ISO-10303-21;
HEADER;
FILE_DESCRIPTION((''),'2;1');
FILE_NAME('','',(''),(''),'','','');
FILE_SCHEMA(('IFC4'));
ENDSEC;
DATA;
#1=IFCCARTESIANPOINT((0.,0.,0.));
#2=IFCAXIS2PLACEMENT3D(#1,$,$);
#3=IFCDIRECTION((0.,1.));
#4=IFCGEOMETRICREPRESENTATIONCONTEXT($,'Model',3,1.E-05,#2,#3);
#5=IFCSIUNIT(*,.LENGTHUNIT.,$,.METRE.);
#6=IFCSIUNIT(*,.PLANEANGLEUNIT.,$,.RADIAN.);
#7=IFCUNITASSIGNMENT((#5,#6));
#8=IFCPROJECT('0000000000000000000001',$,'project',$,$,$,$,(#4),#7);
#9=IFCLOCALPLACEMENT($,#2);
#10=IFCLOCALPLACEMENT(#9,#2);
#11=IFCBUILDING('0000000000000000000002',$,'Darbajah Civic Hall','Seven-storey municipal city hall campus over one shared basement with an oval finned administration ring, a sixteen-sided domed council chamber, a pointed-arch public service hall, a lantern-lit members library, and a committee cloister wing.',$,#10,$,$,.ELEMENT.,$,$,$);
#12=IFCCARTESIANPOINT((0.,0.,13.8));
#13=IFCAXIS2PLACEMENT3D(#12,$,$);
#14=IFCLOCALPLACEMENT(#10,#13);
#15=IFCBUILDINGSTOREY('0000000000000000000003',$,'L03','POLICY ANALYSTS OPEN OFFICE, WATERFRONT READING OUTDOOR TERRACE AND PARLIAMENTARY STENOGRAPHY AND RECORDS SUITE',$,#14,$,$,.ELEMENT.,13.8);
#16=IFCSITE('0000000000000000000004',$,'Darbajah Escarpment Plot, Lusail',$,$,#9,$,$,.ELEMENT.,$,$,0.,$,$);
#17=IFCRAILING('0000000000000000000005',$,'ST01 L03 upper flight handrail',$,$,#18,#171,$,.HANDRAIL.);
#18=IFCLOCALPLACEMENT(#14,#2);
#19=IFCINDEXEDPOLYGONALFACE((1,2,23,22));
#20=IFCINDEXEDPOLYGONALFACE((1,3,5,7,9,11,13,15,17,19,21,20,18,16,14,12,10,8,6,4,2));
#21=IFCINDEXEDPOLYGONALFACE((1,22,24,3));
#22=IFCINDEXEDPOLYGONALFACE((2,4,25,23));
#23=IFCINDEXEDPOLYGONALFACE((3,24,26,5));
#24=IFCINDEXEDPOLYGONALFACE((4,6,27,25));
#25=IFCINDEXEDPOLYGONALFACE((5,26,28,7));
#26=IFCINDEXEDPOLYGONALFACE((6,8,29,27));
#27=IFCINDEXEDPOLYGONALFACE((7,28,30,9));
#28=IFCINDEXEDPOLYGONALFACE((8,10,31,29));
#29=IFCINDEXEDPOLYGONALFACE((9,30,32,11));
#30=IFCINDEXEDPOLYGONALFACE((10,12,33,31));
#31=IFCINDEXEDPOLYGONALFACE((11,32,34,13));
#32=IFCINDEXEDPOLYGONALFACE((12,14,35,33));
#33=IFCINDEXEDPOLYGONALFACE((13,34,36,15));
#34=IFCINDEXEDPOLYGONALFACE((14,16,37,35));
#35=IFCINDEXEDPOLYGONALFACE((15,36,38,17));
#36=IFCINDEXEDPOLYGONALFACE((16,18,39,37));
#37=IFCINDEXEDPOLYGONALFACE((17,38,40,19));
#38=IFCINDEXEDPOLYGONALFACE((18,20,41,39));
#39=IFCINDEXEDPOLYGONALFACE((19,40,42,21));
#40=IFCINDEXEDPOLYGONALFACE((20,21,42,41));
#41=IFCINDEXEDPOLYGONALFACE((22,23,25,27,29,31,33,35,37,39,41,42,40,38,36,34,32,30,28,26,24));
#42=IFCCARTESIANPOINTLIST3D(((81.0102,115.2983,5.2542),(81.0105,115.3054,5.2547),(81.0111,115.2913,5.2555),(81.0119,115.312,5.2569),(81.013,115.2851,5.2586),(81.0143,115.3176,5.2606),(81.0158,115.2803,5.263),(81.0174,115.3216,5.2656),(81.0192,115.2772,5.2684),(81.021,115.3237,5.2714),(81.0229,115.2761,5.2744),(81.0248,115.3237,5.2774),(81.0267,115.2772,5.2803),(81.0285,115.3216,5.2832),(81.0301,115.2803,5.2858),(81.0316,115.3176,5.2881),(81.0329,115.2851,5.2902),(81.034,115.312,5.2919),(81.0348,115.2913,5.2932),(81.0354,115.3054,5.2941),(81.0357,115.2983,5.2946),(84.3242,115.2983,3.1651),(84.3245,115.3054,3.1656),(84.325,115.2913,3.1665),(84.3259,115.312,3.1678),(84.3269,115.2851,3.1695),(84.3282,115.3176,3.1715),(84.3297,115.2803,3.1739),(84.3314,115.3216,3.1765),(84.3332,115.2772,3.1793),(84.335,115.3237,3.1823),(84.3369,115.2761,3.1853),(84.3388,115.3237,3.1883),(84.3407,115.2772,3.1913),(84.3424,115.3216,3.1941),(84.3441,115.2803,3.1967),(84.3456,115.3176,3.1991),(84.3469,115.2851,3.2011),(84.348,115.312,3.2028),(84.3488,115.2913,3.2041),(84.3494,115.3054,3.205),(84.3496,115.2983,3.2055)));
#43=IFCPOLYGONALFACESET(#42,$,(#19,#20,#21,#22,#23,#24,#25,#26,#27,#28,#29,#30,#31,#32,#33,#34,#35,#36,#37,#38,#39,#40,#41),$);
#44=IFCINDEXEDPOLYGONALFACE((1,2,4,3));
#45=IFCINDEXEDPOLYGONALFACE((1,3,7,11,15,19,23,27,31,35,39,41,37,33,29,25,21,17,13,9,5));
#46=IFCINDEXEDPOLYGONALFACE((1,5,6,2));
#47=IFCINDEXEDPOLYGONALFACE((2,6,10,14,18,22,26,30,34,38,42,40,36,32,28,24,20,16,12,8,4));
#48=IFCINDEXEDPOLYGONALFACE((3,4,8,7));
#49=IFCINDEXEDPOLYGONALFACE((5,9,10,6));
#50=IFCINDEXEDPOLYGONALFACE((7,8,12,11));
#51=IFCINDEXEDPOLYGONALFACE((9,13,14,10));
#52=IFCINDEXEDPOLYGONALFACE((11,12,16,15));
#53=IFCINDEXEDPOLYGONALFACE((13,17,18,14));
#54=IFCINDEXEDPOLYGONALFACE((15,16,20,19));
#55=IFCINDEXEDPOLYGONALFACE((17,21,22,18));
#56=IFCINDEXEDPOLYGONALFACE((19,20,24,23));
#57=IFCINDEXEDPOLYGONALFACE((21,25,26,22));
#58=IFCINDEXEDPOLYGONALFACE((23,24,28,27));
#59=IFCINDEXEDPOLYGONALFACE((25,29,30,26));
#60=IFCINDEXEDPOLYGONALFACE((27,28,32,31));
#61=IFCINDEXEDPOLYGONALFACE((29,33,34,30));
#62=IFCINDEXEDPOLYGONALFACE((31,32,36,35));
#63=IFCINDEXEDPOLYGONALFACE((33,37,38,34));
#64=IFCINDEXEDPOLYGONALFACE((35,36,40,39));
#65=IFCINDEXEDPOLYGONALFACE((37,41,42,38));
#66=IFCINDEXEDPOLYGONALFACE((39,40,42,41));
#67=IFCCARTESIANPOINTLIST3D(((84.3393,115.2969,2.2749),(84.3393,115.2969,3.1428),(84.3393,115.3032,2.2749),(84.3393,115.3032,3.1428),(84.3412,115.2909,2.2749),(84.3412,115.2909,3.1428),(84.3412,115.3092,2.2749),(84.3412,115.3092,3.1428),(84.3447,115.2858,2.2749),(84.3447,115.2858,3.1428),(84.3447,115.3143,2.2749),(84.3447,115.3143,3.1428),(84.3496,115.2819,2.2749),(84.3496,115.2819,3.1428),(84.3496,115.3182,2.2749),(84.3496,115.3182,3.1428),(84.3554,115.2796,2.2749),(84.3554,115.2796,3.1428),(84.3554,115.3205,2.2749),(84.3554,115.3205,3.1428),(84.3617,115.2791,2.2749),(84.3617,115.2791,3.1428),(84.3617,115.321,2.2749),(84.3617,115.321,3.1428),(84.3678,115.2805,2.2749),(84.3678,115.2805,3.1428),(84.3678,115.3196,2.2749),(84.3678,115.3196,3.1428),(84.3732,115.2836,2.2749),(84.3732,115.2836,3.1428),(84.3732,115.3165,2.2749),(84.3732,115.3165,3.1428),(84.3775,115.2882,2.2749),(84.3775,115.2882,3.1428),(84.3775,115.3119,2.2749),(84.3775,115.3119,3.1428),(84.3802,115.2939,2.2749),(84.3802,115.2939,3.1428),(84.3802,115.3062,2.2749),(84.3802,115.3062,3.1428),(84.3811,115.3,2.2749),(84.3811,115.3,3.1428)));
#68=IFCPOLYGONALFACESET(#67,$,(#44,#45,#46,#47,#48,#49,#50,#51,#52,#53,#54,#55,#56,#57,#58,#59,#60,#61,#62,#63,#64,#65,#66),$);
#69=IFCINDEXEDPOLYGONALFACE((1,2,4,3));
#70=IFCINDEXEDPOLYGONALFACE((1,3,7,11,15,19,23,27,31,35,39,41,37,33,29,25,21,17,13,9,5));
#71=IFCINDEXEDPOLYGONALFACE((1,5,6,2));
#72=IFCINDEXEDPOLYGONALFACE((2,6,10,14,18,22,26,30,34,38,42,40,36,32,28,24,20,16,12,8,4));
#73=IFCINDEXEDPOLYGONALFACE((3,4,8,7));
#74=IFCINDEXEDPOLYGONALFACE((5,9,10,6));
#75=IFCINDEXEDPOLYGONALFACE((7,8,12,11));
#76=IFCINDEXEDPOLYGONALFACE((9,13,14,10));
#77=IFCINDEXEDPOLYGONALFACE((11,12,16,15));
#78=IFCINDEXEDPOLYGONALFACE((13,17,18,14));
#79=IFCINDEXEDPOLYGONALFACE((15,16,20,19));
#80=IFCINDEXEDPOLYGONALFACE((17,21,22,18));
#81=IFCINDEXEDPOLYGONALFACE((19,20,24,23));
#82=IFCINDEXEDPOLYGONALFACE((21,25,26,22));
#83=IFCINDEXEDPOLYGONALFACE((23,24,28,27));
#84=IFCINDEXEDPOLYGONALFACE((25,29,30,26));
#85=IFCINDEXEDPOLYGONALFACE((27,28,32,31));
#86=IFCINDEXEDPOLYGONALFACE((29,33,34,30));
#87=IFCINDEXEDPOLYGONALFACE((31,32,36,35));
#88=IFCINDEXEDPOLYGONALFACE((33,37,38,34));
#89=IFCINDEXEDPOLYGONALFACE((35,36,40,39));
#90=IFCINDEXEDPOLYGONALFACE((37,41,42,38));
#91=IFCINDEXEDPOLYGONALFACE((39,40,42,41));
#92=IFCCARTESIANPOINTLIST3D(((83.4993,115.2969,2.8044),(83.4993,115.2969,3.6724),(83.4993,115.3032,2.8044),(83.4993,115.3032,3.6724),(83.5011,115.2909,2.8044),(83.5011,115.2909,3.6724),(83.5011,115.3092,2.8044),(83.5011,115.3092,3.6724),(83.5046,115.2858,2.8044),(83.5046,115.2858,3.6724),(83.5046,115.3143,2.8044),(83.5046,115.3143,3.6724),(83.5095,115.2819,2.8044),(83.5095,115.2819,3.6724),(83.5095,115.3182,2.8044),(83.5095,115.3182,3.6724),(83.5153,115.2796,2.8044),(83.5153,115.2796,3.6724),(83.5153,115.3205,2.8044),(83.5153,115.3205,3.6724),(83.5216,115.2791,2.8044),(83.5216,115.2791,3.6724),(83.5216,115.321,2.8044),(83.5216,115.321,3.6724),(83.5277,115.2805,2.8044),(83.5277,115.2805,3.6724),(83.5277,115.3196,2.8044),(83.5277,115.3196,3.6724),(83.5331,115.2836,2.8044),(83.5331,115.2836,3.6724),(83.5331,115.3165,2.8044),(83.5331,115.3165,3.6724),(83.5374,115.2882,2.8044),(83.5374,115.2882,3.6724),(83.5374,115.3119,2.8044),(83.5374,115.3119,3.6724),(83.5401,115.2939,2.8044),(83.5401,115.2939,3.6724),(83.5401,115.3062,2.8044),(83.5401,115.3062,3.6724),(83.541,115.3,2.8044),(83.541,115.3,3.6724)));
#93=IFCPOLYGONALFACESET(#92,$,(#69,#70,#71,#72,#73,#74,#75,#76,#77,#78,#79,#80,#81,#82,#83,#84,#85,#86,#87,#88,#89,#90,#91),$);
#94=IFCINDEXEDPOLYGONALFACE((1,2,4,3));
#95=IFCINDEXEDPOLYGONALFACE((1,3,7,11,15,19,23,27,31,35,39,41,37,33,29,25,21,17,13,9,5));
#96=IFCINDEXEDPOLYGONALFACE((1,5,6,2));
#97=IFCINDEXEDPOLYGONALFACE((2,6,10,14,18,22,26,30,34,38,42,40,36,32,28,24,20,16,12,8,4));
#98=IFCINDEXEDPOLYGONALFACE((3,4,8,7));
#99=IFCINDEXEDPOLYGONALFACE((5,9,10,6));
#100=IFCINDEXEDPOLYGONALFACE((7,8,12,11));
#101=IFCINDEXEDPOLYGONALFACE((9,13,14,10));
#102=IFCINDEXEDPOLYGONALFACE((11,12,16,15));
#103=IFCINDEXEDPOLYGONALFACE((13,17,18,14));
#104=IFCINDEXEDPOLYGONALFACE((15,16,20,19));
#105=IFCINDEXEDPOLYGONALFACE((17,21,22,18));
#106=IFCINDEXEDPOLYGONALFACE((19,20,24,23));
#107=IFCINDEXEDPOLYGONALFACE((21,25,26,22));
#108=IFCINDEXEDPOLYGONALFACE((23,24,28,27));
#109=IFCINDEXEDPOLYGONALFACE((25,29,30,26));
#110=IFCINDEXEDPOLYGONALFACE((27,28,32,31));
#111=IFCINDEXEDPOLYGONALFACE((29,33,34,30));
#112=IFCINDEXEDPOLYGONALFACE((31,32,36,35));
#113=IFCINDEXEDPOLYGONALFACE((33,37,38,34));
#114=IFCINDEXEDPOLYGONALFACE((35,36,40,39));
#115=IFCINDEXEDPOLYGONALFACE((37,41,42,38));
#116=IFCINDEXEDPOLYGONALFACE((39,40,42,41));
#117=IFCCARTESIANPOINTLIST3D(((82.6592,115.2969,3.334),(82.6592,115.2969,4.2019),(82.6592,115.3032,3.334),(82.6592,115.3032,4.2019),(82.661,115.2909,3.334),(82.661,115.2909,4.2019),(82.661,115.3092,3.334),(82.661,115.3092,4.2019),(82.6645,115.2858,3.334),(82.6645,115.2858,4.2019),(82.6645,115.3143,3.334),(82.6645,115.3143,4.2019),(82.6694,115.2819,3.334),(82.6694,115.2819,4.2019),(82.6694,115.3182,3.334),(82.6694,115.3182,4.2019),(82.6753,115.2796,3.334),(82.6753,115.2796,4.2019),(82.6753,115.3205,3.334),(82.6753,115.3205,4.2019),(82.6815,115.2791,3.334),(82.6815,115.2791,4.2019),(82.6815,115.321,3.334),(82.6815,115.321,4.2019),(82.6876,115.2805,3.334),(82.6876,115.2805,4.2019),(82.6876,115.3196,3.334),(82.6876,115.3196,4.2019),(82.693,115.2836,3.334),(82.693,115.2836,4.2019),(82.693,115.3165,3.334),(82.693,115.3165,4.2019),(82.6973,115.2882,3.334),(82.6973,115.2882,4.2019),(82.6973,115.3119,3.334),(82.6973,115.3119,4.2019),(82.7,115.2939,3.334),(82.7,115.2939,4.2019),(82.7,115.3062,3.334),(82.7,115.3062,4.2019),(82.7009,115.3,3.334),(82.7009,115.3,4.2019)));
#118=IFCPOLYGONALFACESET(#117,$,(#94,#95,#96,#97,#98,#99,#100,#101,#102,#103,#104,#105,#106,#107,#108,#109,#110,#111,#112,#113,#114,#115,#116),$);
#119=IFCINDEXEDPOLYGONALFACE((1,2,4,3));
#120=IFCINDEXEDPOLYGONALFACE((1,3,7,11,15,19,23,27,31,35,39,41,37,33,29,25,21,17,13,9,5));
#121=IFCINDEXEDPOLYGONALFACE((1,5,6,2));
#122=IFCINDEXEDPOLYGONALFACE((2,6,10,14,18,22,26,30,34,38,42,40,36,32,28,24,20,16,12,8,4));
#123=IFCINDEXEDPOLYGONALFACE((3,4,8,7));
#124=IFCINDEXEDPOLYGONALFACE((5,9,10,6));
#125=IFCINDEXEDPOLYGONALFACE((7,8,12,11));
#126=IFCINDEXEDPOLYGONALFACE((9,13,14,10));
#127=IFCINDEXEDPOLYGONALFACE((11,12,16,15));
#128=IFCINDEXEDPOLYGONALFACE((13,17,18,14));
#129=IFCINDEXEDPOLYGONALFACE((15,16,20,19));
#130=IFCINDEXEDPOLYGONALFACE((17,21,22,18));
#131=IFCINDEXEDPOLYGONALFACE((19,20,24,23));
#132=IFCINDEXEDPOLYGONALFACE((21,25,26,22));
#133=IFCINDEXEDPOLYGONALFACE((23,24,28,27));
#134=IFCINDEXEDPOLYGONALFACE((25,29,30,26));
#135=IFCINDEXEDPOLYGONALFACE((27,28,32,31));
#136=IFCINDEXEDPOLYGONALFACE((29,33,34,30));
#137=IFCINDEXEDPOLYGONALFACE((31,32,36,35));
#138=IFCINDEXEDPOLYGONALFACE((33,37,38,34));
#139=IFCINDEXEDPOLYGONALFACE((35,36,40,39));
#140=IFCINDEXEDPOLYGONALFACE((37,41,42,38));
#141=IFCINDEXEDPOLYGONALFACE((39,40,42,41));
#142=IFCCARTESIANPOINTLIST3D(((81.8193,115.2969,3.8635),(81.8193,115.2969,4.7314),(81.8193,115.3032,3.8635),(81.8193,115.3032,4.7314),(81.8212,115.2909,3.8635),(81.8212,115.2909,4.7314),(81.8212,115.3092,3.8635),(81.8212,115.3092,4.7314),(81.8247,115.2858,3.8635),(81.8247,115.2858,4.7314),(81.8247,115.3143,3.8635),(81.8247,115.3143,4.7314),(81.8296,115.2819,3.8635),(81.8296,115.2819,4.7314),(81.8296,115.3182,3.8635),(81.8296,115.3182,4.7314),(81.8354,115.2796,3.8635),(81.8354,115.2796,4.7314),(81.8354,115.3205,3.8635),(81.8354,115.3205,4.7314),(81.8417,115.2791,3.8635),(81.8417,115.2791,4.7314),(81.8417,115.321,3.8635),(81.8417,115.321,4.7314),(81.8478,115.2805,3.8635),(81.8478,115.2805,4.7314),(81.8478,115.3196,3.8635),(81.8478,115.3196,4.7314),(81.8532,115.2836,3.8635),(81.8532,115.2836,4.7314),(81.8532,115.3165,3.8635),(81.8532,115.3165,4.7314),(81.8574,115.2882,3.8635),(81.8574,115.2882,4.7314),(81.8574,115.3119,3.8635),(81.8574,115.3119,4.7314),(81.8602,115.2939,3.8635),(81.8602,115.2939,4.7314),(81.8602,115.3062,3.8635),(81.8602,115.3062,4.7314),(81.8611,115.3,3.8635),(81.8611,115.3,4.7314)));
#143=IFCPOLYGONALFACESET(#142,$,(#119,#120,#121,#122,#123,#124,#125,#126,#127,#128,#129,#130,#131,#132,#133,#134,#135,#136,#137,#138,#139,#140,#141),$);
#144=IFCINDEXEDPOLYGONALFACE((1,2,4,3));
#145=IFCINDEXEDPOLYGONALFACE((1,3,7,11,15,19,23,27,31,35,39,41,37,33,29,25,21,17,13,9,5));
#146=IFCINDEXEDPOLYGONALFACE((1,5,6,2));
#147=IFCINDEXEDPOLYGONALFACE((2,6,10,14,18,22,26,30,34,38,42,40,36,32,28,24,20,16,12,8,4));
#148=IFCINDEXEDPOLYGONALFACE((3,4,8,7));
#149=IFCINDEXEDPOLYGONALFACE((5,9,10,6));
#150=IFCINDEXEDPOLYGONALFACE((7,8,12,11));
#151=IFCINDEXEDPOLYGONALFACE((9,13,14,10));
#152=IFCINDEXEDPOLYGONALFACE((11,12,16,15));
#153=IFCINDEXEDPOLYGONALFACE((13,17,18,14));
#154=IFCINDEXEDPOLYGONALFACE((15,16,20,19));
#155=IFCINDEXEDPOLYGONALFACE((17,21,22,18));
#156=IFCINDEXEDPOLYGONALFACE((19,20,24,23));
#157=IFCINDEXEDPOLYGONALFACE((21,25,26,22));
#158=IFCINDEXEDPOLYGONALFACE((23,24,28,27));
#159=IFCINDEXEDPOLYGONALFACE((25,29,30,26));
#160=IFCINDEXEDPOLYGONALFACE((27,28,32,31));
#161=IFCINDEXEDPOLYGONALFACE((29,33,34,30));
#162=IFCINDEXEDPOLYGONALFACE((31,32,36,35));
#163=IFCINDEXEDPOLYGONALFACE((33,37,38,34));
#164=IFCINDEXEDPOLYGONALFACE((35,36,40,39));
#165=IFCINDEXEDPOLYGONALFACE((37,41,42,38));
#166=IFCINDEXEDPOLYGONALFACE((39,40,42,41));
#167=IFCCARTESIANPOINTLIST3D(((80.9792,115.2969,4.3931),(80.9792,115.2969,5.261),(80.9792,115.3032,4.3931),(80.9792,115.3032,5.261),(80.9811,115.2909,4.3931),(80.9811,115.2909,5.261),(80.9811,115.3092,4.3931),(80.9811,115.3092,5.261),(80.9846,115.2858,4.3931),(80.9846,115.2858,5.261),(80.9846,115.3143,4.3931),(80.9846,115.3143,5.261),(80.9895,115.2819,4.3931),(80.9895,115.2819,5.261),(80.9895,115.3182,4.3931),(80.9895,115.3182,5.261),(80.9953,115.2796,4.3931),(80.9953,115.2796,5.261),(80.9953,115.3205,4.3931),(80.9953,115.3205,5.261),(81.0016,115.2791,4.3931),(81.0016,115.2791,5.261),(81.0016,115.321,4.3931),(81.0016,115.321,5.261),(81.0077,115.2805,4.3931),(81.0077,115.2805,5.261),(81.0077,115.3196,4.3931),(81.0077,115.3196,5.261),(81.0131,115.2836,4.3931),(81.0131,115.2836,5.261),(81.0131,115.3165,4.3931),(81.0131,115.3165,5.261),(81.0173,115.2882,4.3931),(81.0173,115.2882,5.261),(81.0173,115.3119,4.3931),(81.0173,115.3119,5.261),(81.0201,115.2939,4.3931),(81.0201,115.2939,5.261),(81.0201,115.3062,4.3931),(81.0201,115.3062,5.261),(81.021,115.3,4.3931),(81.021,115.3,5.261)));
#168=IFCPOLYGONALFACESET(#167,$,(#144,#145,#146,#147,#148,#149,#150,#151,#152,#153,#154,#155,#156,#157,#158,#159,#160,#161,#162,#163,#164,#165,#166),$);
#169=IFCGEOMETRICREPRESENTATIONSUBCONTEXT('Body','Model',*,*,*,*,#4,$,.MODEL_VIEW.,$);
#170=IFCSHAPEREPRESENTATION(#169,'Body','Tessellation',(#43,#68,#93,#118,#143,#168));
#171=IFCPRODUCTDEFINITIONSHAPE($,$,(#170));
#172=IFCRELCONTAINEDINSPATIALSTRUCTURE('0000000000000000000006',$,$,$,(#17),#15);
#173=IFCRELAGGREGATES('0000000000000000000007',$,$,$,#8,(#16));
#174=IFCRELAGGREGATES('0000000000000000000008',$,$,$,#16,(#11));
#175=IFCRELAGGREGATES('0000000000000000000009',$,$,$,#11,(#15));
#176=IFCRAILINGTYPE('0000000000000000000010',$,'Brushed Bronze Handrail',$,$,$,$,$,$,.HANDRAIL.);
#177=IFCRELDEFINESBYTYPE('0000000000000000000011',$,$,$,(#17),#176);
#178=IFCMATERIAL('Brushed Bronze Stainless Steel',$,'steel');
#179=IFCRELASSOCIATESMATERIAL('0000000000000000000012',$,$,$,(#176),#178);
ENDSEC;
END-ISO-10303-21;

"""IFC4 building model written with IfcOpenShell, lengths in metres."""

from ifc_helpers import new_model, si_unit, direction, frame, origin, origin_2d, place, context, subcontext, project, spatial, circle, extrude, material, type_object, element, save


model = new_model("IFC4")

# Units and contexts
model_context = context("Model", 3, precision=1e-05, world=origin(), true_north=direction((0.0, 1.0)))
body_context = subcontext(model_context, "Body", "Model", "MODEL_VIEW")
ifc_project = project(units=[si_unit("LENGTHUNIT", "METRE"), si_unit("PLANEANGLEUNIT", "RADIAN")], contexts=[model_context])

# Site, building, storey
site_placement = place(None, origin())
site = spatial("IfcSite", under=ifc_project, at=site_placement, Name="Darbajah Escarpment Plot, Lusail", CompositionType="ELEMENT", RefElevation=0.0)
building_placement = place(site_placement, origin())
building = spatial("IfcBuilding", under=site, at=building_placement, Name="Darbajah Civic Hall", Description="Seven-storey municipal city hall campus over one shared basement with an oval finned administration ring, a sixteen-sided domed council chamber, a pointed-arch public service hall, a lantern-lit members library, and a committee cloister wing.", CompositionType="ELEMENT")
storey_placement = place(building_placement, frame((0.0, 0.0, 13.8)))
storey = spatial("IfcBuildingStorey", under=building, at=storey_placement, Name="L03", Description="POLICY ANALYSTS OPEN OFFICE, WATERFRONT READING OUTDOOR TERRACE AND PARLIAMENTARY STENOGRAPHY AND RECORDS SUITE", CompositionType="ELEMENT", Elevation=13.8)

# Railing
ifc_material_1 = material(Name="Brushed Bronze Stainless Steel", Category="steel")
railing_type_1 = type_object("IfcRailingType", Name="Brushed Bronze Handrail", PredefinedType="HANDRAIL", material=ifc_material_1)
railing_1_placement = place(storey_placement, frame((84.3601, 115.3, 2.2749)))
element("IfcRailing", 1, at=railing_1_placement, inside=storey, type_object=railing_type_1, Name="ST01 L03 upper flight handrail", PredefinedType="HANDRAIL", context=body_context, shape_type="SweptSolid", body=[
    extrude(circle(Radius=0.0239, at=origin_2d()), frame((-0.0232, 0.0, 0.9104), z_axis=(-0.845944, 0.0, 0.533271), x_axis=(0.0, -1.0, 0.0)), (0.0, 0.0, 1.0), 3.9175),
    extrude(circle(Radius=0.021, at=origin_2d()), origin(), (0.0, 0.0, 1.0), 0.8679),
    extrude(circle(Radius=0.021, at=origin_2d()), frame((-0.8401, 0.0, 0.5295)), (0.0, 0.0, 1.0), 0.8679),
    extrude(circle(Radius=0.021, at=origin_2d()), frame((-1.6802, 0.0, 1.0591)), (0.0, 0.0, 1.0), 0.8679),
    extrude(circle(Radius=0.021, at=origin_2d()), frame((-2.52, 0.0, 1.5886)), (0.0, 0.0, 1.0), 0.8679),
    extrude(circle(Radius=0.021, at=origin_2d()), frame((-3.3601, 0.0, 2.1182)), (0.0, 0.0, 1.0), 0.8679),
])

save(model, "model.ifc")
